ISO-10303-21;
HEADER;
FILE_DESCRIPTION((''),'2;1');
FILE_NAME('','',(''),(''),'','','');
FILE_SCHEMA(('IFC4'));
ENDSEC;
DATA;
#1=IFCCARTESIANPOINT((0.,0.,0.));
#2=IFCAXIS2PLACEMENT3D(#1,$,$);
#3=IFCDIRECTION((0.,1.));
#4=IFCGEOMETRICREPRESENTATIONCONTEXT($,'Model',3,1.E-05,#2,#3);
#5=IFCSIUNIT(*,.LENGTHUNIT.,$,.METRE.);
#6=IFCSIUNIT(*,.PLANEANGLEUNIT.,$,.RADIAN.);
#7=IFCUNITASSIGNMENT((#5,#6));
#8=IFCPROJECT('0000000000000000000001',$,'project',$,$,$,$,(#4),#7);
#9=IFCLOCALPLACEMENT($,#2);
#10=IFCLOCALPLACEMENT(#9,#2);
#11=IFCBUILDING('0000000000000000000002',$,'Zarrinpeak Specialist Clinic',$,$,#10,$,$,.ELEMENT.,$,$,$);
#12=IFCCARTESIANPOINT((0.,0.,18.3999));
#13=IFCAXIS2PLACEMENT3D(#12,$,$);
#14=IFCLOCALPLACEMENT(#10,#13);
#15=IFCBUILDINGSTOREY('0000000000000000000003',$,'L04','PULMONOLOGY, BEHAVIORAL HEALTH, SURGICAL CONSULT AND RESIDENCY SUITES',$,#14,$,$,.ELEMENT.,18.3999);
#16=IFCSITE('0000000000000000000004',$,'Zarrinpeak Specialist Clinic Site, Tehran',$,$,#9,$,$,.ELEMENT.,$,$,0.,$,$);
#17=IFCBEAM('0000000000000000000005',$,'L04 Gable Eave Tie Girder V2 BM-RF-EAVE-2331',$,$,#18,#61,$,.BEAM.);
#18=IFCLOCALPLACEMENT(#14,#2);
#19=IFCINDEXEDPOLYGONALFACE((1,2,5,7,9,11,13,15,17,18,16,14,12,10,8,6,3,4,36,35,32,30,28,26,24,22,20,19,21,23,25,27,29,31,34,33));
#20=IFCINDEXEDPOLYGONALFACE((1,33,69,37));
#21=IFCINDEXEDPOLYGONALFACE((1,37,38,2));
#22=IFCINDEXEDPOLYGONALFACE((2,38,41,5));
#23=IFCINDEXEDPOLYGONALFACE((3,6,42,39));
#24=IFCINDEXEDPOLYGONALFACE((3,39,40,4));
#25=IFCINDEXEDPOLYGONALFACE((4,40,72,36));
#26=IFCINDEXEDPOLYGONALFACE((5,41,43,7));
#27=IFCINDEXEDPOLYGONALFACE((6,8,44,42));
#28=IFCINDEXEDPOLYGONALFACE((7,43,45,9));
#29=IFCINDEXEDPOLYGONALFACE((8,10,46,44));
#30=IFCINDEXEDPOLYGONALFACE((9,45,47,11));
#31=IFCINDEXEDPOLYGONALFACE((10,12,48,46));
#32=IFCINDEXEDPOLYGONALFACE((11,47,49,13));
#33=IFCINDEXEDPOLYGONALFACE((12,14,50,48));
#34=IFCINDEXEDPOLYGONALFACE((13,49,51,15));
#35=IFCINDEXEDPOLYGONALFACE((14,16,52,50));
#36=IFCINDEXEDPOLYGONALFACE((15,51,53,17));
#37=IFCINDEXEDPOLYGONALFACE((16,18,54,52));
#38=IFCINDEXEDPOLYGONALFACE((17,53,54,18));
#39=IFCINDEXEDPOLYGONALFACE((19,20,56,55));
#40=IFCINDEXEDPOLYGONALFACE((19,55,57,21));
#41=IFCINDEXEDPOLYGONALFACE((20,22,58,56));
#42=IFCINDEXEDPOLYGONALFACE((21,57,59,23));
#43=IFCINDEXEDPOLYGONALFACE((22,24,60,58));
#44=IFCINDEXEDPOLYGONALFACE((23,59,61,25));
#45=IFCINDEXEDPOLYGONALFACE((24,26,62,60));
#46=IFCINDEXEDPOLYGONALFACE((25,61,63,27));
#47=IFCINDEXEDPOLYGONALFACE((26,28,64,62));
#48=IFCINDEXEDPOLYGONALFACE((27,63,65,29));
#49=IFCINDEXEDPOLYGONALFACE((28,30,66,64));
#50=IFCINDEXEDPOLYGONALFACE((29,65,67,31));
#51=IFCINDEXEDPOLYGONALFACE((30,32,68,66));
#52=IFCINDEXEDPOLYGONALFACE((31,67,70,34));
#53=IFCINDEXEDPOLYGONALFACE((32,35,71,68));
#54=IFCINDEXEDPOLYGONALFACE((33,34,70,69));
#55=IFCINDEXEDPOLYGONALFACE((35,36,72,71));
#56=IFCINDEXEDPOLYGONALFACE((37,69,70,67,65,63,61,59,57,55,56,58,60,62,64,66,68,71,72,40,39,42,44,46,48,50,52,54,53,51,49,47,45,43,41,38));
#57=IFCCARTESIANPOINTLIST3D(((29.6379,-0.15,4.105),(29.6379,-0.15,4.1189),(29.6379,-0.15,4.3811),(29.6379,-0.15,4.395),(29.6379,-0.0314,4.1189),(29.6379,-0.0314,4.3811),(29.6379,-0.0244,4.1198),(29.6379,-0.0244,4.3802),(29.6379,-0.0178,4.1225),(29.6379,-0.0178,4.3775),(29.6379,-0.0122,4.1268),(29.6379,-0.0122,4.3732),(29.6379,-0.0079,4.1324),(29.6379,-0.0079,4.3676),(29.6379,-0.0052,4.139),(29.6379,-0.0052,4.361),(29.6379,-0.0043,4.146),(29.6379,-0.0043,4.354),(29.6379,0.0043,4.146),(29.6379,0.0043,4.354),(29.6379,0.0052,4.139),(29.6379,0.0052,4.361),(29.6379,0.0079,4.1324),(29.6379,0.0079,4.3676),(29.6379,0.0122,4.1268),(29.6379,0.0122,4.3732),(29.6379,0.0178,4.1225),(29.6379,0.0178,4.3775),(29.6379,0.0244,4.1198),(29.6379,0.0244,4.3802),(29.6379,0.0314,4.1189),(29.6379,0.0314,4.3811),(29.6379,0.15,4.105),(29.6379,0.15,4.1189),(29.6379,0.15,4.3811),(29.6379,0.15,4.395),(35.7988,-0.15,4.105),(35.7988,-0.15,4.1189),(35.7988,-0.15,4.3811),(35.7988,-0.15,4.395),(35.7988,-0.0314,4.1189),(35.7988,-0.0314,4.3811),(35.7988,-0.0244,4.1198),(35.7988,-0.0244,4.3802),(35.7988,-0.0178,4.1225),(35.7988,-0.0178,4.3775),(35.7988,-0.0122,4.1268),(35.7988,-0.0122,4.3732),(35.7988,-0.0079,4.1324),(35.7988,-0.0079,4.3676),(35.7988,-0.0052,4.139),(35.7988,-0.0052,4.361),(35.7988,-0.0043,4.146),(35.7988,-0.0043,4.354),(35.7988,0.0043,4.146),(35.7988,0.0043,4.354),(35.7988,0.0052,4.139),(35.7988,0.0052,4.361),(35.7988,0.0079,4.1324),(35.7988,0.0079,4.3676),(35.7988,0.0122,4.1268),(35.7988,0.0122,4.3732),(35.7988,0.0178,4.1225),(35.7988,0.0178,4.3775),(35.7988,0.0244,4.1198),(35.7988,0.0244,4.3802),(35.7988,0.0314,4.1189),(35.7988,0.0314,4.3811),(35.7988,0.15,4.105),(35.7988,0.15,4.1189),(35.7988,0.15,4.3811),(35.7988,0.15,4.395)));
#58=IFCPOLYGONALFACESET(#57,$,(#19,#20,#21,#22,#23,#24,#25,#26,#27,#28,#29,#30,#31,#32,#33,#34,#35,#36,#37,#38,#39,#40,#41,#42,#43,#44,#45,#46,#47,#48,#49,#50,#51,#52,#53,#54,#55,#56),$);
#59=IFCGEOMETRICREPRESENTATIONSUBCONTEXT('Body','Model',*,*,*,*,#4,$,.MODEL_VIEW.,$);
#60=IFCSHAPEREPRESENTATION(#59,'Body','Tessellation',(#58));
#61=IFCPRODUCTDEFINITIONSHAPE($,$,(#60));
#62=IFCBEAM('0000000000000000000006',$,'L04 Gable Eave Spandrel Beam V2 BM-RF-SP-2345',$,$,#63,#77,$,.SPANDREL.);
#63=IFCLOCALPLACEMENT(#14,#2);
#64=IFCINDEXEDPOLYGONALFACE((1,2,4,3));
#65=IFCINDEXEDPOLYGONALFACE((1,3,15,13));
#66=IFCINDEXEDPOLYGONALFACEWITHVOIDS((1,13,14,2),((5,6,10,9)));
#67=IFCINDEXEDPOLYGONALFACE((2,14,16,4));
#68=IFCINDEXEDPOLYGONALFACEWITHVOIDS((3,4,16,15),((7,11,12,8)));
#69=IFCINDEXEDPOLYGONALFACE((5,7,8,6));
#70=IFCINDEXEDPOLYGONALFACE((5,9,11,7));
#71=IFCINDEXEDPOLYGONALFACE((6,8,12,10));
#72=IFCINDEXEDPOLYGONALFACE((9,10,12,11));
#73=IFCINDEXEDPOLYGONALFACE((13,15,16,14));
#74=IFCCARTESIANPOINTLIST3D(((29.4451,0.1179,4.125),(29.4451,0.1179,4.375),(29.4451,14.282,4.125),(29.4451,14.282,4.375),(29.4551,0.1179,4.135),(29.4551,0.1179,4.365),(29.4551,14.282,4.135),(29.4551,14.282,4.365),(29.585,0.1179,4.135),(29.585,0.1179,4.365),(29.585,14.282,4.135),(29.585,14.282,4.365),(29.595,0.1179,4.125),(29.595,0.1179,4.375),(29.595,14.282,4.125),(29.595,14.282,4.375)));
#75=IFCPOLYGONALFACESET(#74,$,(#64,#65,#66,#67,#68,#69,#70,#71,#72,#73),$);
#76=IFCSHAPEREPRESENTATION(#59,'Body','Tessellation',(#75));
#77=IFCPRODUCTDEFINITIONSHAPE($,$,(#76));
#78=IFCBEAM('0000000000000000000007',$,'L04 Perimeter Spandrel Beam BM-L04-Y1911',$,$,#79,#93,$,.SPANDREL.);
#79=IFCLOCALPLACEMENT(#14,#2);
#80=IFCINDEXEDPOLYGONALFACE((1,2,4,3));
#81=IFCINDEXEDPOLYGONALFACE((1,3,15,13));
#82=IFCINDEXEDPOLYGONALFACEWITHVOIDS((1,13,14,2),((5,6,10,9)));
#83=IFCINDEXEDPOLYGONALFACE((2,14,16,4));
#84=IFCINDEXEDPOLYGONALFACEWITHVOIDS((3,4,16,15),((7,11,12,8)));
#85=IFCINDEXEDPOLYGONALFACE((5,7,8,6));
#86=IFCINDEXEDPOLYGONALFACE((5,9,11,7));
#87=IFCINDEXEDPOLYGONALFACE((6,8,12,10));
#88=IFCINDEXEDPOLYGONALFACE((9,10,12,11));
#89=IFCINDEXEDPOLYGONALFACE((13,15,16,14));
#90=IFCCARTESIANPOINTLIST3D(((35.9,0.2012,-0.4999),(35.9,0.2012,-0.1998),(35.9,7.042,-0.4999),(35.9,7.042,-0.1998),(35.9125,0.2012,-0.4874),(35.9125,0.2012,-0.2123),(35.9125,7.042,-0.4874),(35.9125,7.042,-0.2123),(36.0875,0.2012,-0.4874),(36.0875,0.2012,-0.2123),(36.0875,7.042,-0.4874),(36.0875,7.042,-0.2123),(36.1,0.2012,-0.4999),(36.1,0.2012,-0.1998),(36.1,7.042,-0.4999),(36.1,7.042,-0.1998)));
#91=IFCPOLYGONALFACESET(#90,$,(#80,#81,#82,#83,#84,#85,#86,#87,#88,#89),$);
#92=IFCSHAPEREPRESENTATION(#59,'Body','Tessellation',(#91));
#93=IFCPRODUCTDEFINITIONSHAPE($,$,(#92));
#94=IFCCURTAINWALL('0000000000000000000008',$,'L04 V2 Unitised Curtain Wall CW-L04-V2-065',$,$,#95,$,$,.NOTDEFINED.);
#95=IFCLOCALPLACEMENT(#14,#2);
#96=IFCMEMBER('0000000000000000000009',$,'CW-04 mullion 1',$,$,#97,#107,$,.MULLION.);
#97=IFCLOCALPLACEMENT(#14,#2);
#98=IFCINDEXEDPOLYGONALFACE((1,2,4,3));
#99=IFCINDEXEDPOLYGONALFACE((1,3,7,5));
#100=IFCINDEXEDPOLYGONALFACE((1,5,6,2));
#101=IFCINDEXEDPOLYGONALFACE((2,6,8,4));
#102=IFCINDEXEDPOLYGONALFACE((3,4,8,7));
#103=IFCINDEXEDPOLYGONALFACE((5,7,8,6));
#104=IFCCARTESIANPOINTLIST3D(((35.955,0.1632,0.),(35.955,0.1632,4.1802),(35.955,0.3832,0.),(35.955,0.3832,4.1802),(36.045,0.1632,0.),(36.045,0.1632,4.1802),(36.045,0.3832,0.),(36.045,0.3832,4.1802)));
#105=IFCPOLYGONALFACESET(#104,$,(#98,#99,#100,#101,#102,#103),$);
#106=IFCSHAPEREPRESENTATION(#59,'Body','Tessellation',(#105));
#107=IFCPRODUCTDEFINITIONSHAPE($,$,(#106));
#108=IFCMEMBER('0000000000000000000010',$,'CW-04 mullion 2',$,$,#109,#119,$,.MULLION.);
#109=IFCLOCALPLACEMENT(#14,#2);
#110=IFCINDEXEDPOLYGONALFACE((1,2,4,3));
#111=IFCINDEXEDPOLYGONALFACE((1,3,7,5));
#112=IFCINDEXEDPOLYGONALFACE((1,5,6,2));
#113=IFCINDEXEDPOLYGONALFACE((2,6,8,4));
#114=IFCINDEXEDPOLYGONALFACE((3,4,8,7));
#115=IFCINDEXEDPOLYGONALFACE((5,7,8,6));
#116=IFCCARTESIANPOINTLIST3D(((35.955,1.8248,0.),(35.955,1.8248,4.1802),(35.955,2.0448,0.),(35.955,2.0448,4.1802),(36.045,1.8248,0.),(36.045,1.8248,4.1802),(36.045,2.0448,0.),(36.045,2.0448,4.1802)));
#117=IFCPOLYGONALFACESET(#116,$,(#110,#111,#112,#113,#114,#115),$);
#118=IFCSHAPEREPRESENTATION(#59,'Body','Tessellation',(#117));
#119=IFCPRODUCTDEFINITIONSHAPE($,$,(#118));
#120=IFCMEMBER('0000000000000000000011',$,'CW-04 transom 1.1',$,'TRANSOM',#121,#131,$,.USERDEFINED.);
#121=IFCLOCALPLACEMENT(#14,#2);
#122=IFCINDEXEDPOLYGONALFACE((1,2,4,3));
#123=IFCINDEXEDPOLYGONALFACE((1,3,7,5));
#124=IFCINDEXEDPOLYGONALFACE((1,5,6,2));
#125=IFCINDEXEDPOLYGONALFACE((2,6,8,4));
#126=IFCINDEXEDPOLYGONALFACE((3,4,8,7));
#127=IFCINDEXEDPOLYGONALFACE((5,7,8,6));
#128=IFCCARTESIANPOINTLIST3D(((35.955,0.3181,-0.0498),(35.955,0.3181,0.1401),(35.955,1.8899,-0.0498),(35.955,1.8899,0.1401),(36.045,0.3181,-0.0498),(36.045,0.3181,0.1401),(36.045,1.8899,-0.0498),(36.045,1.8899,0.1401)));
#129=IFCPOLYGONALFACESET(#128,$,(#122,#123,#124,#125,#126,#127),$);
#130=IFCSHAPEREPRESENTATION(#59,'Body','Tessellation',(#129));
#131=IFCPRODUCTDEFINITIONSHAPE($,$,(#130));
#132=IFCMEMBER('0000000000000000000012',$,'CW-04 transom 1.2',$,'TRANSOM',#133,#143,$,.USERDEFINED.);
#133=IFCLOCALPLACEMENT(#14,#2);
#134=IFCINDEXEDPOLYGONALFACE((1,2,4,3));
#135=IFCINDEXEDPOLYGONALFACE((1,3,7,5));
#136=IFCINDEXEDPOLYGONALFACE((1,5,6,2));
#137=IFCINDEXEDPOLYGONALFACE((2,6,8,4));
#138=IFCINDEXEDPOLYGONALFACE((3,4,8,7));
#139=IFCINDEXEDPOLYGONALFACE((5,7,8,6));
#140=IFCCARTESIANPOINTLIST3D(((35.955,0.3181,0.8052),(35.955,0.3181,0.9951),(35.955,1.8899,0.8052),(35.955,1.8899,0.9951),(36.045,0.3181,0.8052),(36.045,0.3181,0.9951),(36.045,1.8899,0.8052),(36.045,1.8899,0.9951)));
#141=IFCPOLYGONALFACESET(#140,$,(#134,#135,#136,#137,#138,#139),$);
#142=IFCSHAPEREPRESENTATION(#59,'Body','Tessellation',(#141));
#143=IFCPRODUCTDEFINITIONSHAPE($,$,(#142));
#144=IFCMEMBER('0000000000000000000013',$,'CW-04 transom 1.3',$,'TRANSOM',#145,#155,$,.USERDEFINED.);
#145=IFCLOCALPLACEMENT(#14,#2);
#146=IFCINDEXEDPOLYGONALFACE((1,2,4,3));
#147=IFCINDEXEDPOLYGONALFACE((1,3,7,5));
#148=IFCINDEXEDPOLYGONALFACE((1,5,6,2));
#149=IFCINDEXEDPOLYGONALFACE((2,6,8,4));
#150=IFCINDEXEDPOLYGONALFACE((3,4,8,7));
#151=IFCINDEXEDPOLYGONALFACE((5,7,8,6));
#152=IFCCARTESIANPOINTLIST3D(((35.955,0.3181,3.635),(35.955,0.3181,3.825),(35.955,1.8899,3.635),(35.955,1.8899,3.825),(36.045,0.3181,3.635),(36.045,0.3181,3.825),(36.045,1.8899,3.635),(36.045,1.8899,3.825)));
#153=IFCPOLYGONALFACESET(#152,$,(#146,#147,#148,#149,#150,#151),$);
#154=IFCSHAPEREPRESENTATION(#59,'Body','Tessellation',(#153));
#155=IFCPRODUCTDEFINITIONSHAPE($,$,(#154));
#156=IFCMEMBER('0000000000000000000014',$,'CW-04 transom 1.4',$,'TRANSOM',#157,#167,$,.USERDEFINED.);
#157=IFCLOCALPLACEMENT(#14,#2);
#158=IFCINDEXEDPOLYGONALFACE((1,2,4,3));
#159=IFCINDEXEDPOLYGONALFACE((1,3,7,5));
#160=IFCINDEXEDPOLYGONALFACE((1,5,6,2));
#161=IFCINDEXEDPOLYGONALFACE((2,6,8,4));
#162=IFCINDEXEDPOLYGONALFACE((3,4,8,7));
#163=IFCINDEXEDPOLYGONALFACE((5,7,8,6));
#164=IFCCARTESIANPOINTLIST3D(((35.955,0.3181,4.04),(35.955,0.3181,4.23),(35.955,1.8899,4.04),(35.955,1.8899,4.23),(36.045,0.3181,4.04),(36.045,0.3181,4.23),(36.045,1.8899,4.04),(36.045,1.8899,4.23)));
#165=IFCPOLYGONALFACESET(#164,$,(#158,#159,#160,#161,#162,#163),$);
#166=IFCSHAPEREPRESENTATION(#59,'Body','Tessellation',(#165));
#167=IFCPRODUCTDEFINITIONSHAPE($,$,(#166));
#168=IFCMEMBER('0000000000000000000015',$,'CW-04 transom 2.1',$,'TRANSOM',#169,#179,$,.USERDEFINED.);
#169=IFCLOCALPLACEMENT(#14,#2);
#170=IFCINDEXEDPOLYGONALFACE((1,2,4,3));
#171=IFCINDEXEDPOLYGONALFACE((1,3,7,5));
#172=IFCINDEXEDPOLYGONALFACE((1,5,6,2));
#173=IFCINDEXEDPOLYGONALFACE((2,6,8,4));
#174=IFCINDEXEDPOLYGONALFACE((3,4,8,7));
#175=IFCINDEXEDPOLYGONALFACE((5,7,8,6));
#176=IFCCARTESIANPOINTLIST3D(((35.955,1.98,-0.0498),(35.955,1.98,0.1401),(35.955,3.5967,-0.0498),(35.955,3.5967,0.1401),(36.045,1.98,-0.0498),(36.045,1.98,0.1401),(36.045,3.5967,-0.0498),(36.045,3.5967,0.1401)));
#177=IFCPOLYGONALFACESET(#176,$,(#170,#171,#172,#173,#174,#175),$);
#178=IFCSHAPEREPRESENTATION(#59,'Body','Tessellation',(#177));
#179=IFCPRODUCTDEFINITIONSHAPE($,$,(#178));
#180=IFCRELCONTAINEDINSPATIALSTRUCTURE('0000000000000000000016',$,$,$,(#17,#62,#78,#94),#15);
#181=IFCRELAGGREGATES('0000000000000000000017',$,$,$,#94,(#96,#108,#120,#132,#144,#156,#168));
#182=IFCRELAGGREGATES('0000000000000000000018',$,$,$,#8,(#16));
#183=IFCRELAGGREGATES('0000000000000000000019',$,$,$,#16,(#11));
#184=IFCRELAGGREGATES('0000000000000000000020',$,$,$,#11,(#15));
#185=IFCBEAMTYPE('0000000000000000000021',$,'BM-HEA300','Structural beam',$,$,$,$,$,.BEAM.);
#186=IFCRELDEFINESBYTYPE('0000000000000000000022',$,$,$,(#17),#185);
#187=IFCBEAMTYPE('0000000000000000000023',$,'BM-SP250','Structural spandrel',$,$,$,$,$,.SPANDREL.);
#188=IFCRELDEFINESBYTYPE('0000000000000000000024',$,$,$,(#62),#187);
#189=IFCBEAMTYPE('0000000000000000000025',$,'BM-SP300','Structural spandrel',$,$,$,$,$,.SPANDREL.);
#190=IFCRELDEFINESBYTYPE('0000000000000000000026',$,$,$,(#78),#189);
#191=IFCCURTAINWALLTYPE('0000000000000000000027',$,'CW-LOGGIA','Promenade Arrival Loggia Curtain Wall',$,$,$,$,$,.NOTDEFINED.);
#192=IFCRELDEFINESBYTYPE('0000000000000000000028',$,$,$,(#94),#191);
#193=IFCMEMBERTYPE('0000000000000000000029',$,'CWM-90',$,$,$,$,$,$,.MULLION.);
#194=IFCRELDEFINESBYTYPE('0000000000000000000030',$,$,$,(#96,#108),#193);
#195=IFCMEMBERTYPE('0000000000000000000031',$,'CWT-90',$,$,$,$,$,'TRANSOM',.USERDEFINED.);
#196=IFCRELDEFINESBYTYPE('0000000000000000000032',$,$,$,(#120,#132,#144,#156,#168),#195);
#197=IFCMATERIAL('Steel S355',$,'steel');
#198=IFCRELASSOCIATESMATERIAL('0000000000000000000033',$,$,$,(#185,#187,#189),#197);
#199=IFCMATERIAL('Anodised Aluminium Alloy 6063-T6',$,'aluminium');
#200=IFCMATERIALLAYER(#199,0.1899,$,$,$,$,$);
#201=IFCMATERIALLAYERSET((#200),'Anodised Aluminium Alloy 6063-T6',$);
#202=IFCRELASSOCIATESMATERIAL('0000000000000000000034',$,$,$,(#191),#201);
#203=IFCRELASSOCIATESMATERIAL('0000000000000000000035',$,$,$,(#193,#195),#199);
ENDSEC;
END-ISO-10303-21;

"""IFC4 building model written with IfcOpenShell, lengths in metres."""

from ifc_helpers import new_model, si_unit, direction, frame, origin, origin_2d, place, context, subcontext, project, spatial, rectangle, hollow_rectangle, i_section, extrude, material, layer, layer_set, material_profile, profile_set, type_object, element, aggregate, save


model = new_model("IFC4")

# Units and contexts
model_context = context("Model", 3, precision=1e-05, world=origin(), true_north=direction((0.0, 1.0)))
body_context = subcontext(model_context, "Body", "Model", "MODEL_VIEW")
ifc_project = project(units=[si_unit("LENGTHUNIT", "METRE"), si_unit("PLANEANGLEUNIT", "RADIAN")], contexts=[model_context])

# Site, building, storey
site_placement = place(None, origin())
site = spatial("IfcSite", under=ifc_project, at=site_placement, Name="Zarrinpeak Specialist Clinic Site, Tehran", CompositionType="ELEMENT", RefElevation=0.0)
building_placement = place(site_placement, origin())
building = spatial("IfcBuilding", under=site, at=building_placement, Name="Zarrinpeak Specialist Clinic", CompositionType="ELEMENT")
storey_placement = place(building_placement, frame((0.0, 0.0, 18.3999)))
storey = spatial("IfcBuildingStorey", under=building, at=storey_placement, Name="L04", Description="PULMONOLOGY, BEHAVIORAL HEALTH, SURGICAL CONSULT AND RESIDENCY SUITES", CompositionType="ELEMENT", Elevation=18.3999)

# Shared definitions
ifc_material_1 = material(Name="Steel S355", Category="steel")

# Beams
ifc_material_profile_1 = material_profile(ifc_material_1, i_section(OverallWidth=0.3, OverallDepth=0.29, WebThickness=0.0085, FlangeThickness=0.0139, FilletRadius=0.0271, at=origin_2d()), Name="HEA 300")
ifc_profile_set_1 = profile_set([ifc_material_profile_1], Name="Steel S355")
beam_type_1 = type_object("IfcBeamType", Name="BM-HEA300", Description="Structural beam", PredefinedType="BEAM", material=ifc_profile_set_1)
beam_1_placement = place(storey_placement, frame((29.6379, 0.0, 4.25), z_axis=(1.0, 0.0, 0.0), x_axis=(0.0, 1.0, 0.0)))
element("IfcBeam", 1, at=beam_1_placement, inside=storey, type_object=beam_type_1, Name="L04 Gable Eave Tie Girder V2 BM-RF-EAVE-2331", PredefinedType="BEAM", context=body_context, shape_type="SweptSolid", body=[
    extrude(i_section(OverallWidth=0.3, OverallDepth=0.29, WebThickness=0.0085, FlangeThickness=0.0139, FilletRadius=0.0271, at=origin_2d()), origin(), (0.0, 0.0, 1.0), 6.1609),
])
ifc_material_profile_2 = material_profile(ifc_material_1, hollow_rectangle(XDim=0.1499, YDim=0.25, WallThickness=0.01, at=origin_2d()), Name="RHS 250x150x10.0")
ifc_profile_set_2 = profile_set([ifc_material_profile_2], Name="Steel S355")
beam_type_2 = type_object("IfcBeamType", Name="BM-SP250", Description="Structural spandrel", PredefinedType="SPANDREL", material=ifc_profile_set_2)
beam_2_placement = place(storey_placement, frame((29.52, 0.1179, 4.25), z_axis=(0.0, 1.0, 0.0), x_axis=(-1.0, 0.0, 0.0)))
element("IfcBeam", 2, at=beam_2_placement, inside=storey, type_object=beam_type_2, Name="L04 Gable Eave Spandrel Beam V2 BM-RF-SP-2345", PredefinedType="SPANDREL", context=body_context, shape_type="SweptSolid", body=[
    extrude(hollow_rectangle(XDim=0.1499, YDim=0.25, WallThickness=0.01, at=origin_2d()), origin(), (0.0, 0.0, 1.0), 14.1641),
])
ifc_material_profile_3 = material_profile(ifc_material_1, hollow_rectangle(XDim=0.2, YDim=0.3, WallThickness=0.0125, at=origin_2d()), Name="RHS 300x200x12.5")
ifc_profile_set_3 = profile_set([ifc_material_profile_3], Name="Steel S355")
beam_type_3 = type_object("IfcBeamType", Name="BM-SP300", Description="Structural spandrel", PredefinedType="SPANDREL", material=ifc_profile_set_3)
beam_3_placement = place(storey_placement, frame((36.0, 0.2012, -0.3499), z_axis=(0.0, 1.0, 0.0), x_axis=(-1.0, 0.0, 0.0)))
element("IfcBeam", 3, at=beam_3_placement, inside=storey, type_object=beam_type_3, Name="L04 Perimeter Spandrel Beam BM-L04-Y1911", PredefinedType="SPANDREL", context=body_context, shape_type="SweptSolid", body=[
    extrude(hollow_rectangle(XDim=0.2, YDim=0.3, WallThickness=0.0125, at=origin_2d()), origin(), (0.0, 0.0, 1.0), 6.8408),
])

# Curtain wall, members
ifc_material_2 = material(Name="Anodised Aluminium Alloy 6063-T6", Category="aluminium")
ifc_layer_1 = layer(ifc_material_2, 0.1899)
ifc_layer_set_1 = layer_set([ifc_layer_1], Name="Anodised Aluminium Alloy 6063-T6")
curtain_wall_type = type_object("IfcCurtainWallType", Name="CW-LOGGIA", Description="Promenade Arrival Loggia Curtain Wall", PredefinedType="NOTDEFINED", material=ifc_layer_set_1)
curtain_wall_placement = place(storey_placement, origin())
curtain_wall = element("IfcCurtainWall", 4, at=curtain_wall_placement, inside=storey, type_object=curtain_wall_type, Name="L04 V2 Unitised Curtain Wall CW-L04-V2-065", PredefinedType="NOTDEFINED")
ifc_material_profile_4 = material_profile(ifc_material_2, rectangle(XDim=0.0901, YDim=0.22, at=origin_2d()), Name="ALU 90x220")
ifc_profile_set_4 = profile_set([ifc_material_profile_4], Name="Anodised Aluminium Alloy 6063-T6")
member_type_1 = type_object("IfcMemberType", Name="CWM-90", PredefinedType="MULLION", material=ifc_profile_set_4)
member_1_placement = place(storey_placement, frame((36.0, 0.2732, 0.0), z_axis=(0.0, 0.0, 1.0), x_axis=(-1.0, 0.0, 0.0)))
member_1 = element("IfcMember", 5, at=member_1_placement, type_object=member_type_1, Name="CW-04 mullion 1", PredefinedType="MULLION", context=body_context, shape_type="SweptSolid", body=[
    extrude(rectangle(XDim=0.0901, YDim=0.22, at=origin_2d()), origin(), (0.0, 0.0, 1.0), 4.1802),
])
member_2_placement = place(storey_placement, frame((36.0, 1.9348, 0.0), z_axis=(0.0, 0.0, 1.0), x_axis=(-1.0, 0.0, 0.0)))
member_2 = element("IfcMember", 6, at=member_2_placement, type_object=member_type_1, Name="CW-04 mullion 2", PredefinedType="MULLION", context=body_context, shape_type="SweptSolid", body=[
    extrude(rectangle(XDim=0.0901, YDim=0.22, at=origin_2d()), origin(), (0.0, 0.0, 1.0), 4.1802),
])
ifc_material_profile_5 = material_profile(ifc_material_2, rectangle(XDim=0.0901, YDim=0.1899, at=origin_2d()), Name="ALU 90x190")
ifc_profile_set_5 = profile_set([ifc_material_profile_5], Name="Anodised Aluminium Alloy 6063-T6")
member_type_2 = type_object("IfcMemberType", Name="CWT-90", ElementType="TRANSOM", PredefinedType="USERDEFINED", material=ifc_profile_set_5)
member_3_placement = place(storey_placement, frame((36.0, 0.3181, 0.0452), z_axis=(0.0, 1.0, 0.0), x_axis=(-1.0, 0.0, 0.0)))
member_3 = element("IfcMember", 7, at=member_3_placement, type_object=member_type_2, Name="CW-04 transom 1.1", ObjectType="TRANSOM", PredefinedType="USERDEFINED", context=body_context, shape_type="SweptSolid", body=[
    extrude(rectangle(XDim=0.0901, YDim=0.1899, at=origin_2d()), origin(), (0.0, 0.0, 1.0), 1.5718),
])
member_4_placement = place(storey_placement, frame((36.0, 0.3181, 0.9001), z_axis=(0.0, 1.0, 0.0), x_axis=(-1.0, 0.0, 0.0)))
member_4 = element("IfcMember", 8, at=member_4_placement, type_object=member_type_2, Name="CW-04 transom 1.2", ObjectType="TRANSOM", PredefinedType="USERDEFINED", context=body_context, shape_type="SweptSolid", body=[
    extrude(rectangle(XDim=0.0901, YDim=0.1899, at=origin_2d()), origin(), (0.0, 0.0, 1.0), 1.5718),
])
member_5_placement = place(storey_placement, frame((36.0, 0.3181, 3.73), z_axis=(0.0, 1.0, 0.0), x_axis=(-1.0, 0.0, 0.0)))
member_5 = element("IfcMember", 9, at=member_5_placement, type_object=member_type_2, Name="CW-04 transom 1.3", ObjectType="TRANSOM", PredefinedType="USERDEFINED", context=body_context, shape_type="SweptSolid", body=[
    extrude(rectangle(XDim=0.0901, YDim=0.1899, at=origin_2d()), origin(), (0.0, 0.0, 1.0), 1.5718),
])
member_6_placement = place(storey_placement, frame((36.0, 0.3181, 4.135), z_axis=(0.0, 1.0, 0.0), x_axis=(-1.0, 0.0, 0.0)))
member_6 = element("IfcMember", 10, at=member_6_placement, type_object=member_type_2, Name="CW-04 transom 1.4", ObjectType="TRANSOM", PredefinedType="USERDEFINED", context=body_context, shape_type="SweptSolid", body=[
    extrude(rectangle(XDim=0.0901, YDim=0.1899, at=origin_2d()), origin(), (0.0, 0.0, 1.0), 1.5718),
])
member_7_placement = place(storey_placement, frame((36.0, 1.98, 0.0452), z_axis=(0.0, 1.0, 0.0), x_axis=(-1.0, 0.0, 0.0)))
member_7 = element("IfcMember", 11, at=member_7_placement, type_object=member_type_2, Name="CW-04 transom 2.1", ObjectType="TRANSOM", PredefinedType="USERDEFINED", context=body_context, shape_type="SweptSolid", body=[
    extrude(rectangle(XDim=0.0901, YDim=0.1899, at=origin_2d()), origin(), (0.0, 0.0, 1.0), 1.6167),
])
aggregate(curtain_wall, [member_1, member_2, member_3, member_4, member_5, member_6, member_7])

save(model, "model.ifc")
